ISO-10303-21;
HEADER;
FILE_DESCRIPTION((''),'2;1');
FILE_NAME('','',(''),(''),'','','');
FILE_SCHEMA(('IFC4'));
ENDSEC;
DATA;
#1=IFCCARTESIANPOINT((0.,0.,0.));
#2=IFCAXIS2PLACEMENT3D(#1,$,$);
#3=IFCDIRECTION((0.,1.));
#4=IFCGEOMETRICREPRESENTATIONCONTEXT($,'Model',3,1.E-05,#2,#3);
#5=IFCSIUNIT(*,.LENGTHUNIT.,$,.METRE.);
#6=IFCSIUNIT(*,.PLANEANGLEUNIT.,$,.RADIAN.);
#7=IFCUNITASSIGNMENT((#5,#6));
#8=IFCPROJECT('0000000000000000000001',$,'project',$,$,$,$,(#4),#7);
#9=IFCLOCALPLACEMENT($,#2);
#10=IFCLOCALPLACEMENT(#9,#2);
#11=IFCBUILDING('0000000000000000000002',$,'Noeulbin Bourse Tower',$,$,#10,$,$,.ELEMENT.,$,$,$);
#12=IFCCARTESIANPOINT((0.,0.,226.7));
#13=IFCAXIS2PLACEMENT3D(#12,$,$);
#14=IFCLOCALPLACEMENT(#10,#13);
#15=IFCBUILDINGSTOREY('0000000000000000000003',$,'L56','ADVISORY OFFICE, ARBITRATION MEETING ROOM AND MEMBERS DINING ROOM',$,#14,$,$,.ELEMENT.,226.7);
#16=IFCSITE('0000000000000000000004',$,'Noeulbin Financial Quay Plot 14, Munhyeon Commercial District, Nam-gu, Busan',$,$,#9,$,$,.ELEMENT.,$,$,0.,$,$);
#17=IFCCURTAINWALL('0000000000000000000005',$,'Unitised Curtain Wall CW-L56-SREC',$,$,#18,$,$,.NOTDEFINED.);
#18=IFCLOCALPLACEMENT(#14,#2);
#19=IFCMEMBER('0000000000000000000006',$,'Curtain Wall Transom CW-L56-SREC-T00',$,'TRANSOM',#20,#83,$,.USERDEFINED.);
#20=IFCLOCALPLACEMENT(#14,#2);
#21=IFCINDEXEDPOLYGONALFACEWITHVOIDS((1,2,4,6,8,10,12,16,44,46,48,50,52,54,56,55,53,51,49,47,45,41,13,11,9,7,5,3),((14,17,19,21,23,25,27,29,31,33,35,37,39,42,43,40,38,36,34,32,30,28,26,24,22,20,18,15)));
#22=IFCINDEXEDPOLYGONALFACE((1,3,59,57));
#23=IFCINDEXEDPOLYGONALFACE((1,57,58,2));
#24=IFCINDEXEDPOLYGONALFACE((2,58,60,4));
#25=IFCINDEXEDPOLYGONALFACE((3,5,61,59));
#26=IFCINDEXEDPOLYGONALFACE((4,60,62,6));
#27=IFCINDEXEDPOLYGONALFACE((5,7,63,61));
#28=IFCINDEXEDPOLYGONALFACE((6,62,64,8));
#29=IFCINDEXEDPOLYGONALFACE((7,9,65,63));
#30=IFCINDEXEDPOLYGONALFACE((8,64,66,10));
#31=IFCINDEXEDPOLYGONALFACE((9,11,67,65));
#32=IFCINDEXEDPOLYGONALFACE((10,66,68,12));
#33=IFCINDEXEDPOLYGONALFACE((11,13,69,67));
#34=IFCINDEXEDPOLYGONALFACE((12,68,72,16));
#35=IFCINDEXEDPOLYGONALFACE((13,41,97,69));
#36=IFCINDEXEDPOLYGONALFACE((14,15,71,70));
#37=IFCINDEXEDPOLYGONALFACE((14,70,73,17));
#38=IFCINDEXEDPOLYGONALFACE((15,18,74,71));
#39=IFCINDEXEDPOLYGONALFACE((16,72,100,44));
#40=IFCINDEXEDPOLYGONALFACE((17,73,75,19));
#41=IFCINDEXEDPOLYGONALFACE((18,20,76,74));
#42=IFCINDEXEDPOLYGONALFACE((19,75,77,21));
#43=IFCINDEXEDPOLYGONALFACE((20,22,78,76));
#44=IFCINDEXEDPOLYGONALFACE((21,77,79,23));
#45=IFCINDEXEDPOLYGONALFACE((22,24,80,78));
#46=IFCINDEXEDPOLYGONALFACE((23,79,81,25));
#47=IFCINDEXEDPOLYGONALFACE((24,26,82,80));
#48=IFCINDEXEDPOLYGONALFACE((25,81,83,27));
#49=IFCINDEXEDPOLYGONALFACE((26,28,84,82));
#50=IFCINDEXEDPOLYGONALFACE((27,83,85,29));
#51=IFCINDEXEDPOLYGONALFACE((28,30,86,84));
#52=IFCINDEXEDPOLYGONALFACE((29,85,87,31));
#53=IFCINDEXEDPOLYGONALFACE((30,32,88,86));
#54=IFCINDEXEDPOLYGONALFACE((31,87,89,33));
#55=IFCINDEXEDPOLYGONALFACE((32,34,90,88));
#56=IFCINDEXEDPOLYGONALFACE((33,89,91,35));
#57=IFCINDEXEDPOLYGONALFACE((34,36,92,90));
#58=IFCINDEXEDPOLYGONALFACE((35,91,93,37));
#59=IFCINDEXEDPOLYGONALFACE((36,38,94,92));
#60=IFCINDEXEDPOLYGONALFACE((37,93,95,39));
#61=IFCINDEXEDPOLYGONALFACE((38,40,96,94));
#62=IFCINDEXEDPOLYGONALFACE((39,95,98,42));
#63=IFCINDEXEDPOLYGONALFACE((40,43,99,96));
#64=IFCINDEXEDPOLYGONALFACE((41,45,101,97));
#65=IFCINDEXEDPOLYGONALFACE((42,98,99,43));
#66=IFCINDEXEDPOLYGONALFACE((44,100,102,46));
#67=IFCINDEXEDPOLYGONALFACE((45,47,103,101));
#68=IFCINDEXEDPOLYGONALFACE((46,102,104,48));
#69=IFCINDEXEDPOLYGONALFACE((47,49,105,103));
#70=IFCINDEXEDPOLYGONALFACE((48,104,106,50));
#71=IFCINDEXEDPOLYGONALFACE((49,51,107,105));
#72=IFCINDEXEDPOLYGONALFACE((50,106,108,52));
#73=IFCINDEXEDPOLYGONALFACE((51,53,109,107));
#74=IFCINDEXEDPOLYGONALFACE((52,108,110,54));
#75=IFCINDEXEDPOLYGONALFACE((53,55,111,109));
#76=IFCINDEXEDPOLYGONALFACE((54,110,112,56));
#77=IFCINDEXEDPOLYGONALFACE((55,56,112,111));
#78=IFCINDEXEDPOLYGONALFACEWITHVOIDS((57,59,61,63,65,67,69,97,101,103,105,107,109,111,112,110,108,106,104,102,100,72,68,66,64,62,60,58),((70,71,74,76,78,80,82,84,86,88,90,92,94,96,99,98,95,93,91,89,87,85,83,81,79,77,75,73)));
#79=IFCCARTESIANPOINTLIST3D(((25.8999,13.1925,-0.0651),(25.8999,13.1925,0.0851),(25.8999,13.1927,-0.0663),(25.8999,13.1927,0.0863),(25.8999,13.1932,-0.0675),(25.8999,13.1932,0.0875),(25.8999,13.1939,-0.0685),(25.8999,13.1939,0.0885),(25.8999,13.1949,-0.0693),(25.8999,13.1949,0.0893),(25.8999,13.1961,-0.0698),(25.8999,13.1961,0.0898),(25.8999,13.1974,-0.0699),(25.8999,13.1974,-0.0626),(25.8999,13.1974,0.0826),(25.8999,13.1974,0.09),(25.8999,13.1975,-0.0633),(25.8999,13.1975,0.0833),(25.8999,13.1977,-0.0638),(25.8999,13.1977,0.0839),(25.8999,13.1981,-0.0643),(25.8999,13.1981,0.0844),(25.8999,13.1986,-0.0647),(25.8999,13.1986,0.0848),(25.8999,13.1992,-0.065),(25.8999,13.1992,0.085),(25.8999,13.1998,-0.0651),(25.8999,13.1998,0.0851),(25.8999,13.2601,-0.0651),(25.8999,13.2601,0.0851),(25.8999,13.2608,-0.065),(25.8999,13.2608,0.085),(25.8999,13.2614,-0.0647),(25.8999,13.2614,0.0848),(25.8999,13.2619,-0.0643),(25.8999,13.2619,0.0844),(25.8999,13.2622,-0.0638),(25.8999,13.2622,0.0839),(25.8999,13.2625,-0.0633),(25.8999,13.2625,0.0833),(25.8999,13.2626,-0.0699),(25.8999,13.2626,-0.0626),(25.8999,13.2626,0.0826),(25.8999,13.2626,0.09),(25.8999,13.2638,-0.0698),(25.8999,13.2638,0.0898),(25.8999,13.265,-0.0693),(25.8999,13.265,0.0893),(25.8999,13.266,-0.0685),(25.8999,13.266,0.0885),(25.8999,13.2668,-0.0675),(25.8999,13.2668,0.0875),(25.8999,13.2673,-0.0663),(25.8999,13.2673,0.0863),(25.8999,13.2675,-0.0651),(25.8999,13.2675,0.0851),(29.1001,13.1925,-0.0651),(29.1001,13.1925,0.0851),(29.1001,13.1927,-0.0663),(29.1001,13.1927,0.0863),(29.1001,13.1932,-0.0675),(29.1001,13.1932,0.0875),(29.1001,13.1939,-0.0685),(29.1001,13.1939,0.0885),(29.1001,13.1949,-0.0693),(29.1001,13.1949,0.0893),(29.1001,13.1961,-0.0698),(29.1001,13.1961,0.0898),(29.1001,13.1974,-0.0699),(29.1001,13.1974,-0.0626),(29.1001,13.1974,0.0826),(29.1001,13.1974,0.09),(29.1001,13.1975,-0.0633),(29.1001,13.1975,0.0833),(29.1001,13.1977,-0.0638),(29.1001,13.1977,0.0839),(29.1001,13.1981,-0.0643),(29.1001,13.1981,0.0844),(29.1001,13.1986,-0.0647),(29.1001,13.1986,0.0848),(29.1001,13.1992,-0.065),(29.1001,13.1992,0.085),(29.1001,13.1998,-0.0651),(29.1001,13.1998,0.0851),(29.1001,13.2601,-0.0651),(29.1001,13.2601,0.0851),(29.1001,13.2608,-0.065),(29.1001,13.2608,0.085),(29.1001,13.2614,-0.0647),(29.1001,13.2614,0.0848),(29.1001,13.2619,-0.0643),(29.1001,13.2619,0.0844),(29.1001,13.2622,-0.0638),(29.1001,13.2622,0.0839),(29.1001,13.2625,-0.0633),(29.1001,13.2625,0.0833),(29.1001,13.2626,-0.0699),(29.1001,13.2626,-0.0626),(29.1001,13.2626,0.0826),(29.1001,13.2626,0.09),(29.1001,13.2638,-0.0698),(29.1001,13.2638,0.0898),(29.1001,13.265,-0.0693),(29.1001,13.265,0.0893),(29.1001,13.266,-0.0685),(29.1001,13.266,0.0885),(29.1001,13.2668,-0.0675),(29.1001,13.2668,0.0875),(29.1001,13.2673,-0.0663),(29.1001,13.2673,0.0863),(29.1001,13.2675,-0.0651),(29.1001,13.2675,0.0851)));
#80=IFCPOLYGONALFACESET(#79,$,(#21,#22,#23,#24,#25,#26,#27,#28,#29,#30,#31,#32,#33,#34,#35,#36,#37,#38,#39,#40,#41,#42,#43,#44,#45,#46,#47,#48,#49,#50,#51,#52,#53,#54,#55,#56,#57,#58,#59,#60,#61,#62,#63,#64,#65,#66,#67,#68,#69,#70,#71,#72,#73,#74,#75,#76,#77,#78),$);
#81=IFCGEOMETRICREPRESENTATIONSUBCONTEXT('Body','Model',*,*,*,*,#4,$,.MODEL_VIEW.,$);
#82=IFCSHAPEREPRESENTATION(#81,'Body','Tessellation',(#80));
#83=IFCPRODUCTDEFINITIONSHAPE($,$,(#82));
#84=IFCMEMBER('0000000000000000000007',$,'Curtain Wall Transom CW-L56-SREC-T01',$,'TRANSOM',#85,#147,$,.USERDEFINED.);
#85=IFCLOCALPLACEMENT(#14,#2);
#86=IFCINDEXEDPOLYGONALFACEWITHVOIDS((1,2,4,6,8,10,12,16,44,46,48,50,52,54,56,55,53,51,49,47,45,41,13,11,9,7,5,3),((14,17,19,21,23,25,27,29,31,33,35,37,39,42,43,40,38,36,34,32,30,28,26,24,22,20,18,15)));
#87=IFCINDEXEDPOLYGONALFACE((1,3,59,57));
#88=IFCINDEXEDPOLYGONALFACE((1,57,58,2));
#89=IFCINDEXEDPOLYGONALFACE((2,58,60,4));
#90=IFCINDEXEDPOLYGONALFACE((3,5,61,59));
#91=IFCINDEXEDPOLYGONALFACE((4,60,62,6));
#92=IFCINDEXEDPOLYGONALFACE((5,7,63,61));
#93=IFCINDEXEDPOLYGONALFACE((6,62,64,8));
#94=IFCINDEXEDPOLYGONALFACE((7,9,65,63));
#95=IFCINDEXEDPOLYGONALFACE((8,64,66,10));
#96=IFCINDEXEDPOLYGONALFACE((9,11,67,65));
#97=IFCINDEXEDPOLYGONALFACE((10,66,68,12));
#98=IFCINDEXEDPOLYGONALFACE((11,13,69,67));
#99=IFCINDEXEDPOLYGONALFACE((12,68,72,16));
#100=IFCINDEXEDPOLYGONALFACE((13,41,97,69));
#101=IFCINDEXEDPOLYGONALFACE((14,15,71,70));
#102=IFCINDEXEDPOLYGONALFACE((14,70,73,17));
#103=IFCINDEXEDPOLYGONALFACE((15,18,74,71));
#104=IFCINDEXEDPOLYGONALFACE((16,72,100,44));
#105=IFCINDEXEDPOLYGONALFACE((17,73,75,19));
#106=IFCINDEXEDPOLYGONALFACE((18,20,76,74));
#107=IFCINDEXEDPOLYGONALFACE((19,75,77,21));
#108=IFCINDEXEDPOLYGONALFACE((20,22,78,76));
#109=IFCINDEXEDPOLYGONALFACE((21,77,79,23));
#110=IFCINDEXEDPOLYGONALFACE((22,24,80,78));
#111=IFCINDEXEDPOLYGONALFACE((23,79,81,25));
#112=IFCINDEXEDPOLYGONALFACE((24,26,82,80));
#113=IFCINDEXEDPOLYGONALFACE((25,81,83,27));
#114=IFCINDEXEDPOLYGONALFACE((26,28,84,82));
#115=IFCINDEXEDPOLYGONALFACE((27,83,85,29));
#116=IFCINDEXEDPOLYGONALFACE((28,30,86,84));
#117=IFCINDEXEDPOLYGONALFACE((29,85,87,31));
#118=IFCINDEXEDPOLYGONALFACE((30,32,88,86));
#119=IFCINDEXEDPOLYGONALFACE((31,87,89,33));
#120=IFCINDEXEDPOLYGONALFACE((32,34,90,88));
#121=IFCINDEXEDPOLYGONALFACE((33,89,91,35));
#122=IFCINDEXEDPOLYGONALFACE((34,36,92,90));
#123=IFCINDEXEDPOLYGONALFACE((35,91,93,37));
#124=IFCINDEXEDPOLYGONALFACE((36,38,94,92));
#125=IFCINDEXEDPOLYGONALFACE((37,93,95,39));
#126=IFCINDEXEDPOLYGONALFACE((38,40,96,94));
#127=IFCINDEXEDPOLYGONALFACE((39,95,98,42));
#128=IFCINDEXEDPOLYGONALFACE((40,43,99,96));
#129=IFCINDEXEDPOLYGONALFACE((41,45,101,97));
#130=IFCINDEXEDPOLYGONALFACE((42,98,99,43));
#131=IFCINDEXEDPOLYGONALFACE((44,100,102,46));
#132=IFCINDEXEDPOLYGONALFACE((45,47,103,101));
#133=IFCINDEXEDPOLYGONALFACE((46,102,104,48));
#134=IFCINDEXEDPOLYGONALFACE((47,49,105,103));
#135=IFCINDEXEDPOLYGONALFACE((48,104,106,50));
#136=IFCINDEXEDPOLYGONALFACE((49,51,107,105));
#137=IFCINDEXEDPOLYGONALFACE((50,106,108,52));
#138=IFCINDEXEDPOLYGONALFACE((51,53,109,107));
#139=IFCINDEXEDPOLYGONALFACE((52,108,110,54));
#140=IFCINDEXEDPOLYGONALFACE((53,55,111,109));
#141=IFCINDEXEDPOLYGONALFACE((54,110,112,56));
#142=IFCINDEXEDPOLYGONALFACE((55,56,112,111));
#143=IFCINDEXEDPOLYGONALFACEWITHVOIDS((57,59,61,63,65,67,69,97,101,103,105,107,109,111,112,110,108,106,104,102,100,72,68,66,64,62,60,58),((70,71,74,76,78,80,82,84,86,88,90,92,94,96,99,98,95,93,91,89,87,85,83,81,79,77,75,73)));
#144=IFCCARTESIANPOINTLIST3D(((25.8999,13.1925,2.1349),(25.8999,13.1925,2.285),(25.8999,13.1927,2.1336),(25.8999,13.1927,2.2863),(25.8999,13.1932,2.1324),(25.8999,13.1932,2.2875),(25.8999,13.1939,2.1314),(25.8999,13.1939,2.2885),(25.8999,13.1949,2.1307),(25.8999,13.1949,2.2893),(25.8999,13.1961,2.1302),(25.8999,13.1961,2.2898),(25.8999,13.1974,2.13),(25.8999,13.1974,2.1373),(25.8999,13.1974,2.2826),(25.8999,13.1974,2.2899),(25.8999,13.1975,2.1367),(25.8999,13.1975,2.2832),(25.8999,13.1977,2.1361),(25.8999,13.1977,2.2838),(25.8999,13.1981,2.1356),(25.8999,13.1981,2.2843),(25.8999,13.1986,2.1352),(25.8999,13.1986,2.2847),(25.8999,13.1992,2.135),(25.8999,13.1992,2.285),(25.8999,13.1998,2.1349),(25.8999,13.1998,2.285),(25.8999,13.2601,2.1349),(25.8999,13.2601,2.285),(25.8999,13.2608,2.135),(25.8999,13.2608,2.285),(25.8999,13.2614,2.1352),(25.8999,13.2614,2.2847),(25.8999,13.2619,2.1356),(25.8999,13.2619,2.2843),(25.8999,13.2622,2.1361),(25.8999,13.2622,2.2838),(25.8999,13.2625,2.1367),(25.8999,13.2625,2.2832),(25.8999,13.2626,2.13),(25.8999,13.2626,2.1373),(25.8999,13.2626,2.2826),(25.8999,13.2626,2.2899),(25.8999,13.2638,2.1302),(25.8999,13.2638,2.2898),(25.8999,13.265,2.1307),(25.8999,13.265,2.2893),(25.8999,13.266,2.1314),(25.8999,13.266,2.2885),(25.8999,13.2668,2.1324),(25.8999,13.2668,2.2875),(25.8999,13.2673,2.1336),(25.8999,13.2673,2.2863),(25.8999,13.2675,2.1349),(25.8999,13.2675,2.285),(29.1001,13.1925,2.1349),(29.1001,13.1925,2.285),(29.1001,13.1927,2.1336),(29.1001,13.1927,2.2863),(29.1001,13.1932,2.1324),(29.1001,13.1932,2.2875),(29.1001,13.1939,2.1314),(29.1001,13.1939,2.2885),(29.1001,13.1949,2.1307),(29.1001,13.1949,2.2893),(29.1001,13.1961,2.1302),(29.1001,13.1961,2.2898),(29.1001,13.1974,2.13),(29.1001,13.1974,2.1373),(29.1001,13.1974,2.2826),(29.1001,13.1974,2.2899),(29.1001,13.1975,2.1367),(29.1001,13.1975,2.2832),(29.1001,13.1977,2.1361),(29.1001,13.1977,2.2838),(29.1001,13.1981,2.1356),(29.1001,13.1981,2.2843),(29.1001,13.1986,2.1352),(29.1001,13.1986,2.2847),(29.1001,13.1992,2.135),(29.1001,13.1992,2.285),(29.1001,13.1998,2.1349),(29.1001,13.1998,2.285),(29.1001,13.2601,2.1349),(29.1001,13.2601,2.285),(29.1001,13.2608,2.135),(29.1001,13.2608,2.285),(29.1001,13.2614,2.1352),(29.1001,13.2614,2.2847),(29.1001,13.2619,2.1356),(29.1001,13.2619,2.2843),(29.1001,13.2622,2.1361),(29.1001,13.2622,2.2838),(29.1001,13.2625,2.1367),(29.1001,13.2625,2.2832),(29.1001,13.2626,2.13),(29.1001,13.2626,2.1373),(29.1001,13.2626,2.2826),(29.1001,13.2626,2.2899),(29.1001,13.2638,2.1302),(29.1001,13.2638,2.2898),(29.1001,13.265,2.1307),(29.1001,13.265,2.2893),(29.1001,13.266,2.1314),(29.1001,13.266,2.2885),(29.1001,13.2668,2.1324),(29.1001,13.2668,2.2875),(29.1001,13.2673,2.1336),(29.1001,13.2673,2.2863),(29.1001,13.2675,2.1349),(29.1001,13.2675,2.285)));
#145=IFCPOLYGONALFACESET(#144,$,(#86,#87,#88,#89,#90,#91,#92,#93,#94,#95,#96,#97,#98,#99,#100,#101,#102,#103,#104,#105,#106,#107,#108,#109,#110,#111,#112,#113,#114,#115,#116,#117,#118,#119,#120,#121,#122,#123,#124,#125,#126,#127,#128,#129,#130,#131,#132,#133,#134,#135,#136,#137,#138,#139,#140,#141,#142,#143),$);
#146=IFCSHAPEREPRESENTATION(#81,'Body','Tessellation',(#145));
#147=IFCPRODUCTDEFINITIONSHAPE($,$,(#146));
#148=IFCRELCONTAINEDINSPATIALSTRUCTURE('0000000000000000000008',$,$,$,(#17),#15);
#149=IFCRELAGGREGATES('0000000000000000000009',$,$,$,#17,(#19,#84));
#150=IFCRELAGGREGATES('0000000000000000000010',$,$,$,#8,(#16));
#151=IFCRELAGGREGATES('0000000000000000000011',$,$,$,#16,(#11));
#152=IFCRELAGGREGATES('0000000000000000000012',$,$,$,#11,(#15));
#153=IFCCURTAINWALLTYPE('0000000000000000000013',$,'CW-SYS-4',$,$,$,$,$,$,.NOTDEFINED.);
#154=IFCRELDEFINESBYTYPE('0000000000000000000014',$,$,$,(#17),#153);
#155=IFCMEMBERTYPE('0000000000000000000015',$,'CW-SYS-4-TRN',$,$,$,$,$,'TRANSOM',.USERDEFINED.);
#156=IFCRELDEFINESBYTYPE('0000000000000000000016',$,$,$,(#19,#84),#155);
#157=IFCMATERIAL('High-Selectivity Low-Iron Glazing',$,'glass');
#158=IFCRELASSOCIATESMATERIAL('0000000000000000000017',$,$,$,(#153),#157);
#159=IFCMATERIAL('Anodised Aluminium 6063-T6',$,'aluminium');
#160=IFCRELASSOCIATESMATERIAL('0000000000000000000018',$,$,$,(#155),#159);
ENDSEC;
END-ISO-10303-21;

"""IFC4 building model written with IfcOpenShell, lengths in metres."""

from ifc_helpers import new_model, si_unit, direction, frame, origin, origin_2d, place, context, subcontext, project, spatial, hollow_rectangle, extrude, material, material_profile, profile_set, type_object, element, aggregate, save


model = new_model("IFC4")

# Units and contexts
model_context = context("Model", 3, precision=1e-05, world=origin(), true_north=direction((0.0, 1.0)))
body_context = subcontext(model_context, "Body", "Model", "MODEL_VIEW")
ifc_project = project(units=[si_unit("LENGTHUNIT", "METRE"), si_unit("PLANEANGLEUNIT", "RADIAN")], contexts=[model_context])

# Site, building, storey
site_placement = place(None, origin())
site = spatial("IfcSite", under=ifc_project, at=site_placement, Name="Noeulbin Financial Quay Plot 14, Munhyeon Commercial District, Nam-gu, Busan", CompositionType="ELEMENT", RefElevation=0.0)
building_placement = place(site_placement, origin())
building = spatial("IfcBuilding", under=site, at=building_placement, Name="Noeulbin Bourse Tower", CompositionType="ELEMENT")
storey_placement = place(building_placement, frame((0.0, 0.0, 226.7)))
storey = spatial("IfcBuildingStorey", under=building, at=storey_placement, Name="L56", Description="ADVISORY OFFICE, ARBITRATION MEETING ROOM AND MEMBERS DINING ROOM", CompositionType="ELEMENT", Elevation=226.7)

# Curtain wall
ifc_material_1 = material(Name="High-Selectivity Low-Iron Glazing", Category="glass")
curtain_wall_type = type_object("IfcCurtainWallType", Name="CW-SYS-4", PredefinedType="NOTDEFINED", material=ifc_material_1)
curtain_wall_1_placement = place(storey_placement, origin())
curtain_wall_1 = element("IfcCurtainWall", 1, at=curtain_wall_1_placement, inside=storey, type_object=curtain_wall_type, Name="Unitised Curtain Wall CW-L56-SREC", PredefinedType="NOTDEFINED")
ifc_material_2 = material(Name="Anodised Aluminium 6063-T6", Category="aluminium")

# Members
ifc_material_profile_1 = material_profile(ifc_material_2, hollow_rectangle(XDim=0.075, YDim=0.1599, WallThickness=0.0049, InnerFilletRadius=0.0024, OuterFilletRadius=0.0049, at=origin_2d()), Name="ALU-TRAN-75x160x5", Category="LoadBearing")
ifc_profile_set_1 = profile_set([ifc_material_profile_1], Name="Anodised Aluminium 6063-T6")
member_type_1 = type_object("IfcMemberType", Name="CW-SYS-4-TRN", ElementType="TRANSOM", PredefinedType="USERDEFINED", material=ifc_profile_set_1)
member_1_placement = place(storey_placement, frame((25.8999, 13.23, 0.01), z_axis=(1.0, 0.0, 0.0), x_axis=(0.0, 1.0, 0.0)))
member_1 = element("IfcMember", 2, at=member_1_placement, type_object=member_type_1, Name="Curtain Wall Transom CW-L56-SREC-T00", ObjectType="TRANSOM", PredefinedType="USERDEFINED", context=body_context, shape_type="SweptSolid", body=[
    extrude(hollow_rectangle(XDim=0.075, YDim=0.1599, WallThickness=0.0049, InnerFilletRadius=0.0024, OuterFilletRadius=0.0049, at=origin_2d()), origin(), (0.0, 0.0, 1.0), 3.2002),
])
member_2_placement = place(storey_placement, frame((25.8999, 13.23, 2.21), z_axis=(1.0, 0.0, 0.0), x_axis=(0.0, 1.0, 0.0)))
member_2 = element("IfcMember", 3, at=member_2_placement, type_object=member_type_1, Name="Curtain Wall Transom CW-L56-SREC-T01", ObjectType="TRANSOM", PredefinedType="USERDEFINED", context=body_context, shape_type="SweptSolid", body=[
    extrude(hollow_rectangle(XDim=0.075, YDim=0.1599, WallThickness=0.0049, InnerFilletRadius=0.0024, OuterFilletRadius=0.0049, at=origin_2d()), origin(), (0.0, 0.0, 1.0), 3.2002),
])

aggregate(curtain_wall_1, [member_1, member_2])

save(model, "model.ifc")
